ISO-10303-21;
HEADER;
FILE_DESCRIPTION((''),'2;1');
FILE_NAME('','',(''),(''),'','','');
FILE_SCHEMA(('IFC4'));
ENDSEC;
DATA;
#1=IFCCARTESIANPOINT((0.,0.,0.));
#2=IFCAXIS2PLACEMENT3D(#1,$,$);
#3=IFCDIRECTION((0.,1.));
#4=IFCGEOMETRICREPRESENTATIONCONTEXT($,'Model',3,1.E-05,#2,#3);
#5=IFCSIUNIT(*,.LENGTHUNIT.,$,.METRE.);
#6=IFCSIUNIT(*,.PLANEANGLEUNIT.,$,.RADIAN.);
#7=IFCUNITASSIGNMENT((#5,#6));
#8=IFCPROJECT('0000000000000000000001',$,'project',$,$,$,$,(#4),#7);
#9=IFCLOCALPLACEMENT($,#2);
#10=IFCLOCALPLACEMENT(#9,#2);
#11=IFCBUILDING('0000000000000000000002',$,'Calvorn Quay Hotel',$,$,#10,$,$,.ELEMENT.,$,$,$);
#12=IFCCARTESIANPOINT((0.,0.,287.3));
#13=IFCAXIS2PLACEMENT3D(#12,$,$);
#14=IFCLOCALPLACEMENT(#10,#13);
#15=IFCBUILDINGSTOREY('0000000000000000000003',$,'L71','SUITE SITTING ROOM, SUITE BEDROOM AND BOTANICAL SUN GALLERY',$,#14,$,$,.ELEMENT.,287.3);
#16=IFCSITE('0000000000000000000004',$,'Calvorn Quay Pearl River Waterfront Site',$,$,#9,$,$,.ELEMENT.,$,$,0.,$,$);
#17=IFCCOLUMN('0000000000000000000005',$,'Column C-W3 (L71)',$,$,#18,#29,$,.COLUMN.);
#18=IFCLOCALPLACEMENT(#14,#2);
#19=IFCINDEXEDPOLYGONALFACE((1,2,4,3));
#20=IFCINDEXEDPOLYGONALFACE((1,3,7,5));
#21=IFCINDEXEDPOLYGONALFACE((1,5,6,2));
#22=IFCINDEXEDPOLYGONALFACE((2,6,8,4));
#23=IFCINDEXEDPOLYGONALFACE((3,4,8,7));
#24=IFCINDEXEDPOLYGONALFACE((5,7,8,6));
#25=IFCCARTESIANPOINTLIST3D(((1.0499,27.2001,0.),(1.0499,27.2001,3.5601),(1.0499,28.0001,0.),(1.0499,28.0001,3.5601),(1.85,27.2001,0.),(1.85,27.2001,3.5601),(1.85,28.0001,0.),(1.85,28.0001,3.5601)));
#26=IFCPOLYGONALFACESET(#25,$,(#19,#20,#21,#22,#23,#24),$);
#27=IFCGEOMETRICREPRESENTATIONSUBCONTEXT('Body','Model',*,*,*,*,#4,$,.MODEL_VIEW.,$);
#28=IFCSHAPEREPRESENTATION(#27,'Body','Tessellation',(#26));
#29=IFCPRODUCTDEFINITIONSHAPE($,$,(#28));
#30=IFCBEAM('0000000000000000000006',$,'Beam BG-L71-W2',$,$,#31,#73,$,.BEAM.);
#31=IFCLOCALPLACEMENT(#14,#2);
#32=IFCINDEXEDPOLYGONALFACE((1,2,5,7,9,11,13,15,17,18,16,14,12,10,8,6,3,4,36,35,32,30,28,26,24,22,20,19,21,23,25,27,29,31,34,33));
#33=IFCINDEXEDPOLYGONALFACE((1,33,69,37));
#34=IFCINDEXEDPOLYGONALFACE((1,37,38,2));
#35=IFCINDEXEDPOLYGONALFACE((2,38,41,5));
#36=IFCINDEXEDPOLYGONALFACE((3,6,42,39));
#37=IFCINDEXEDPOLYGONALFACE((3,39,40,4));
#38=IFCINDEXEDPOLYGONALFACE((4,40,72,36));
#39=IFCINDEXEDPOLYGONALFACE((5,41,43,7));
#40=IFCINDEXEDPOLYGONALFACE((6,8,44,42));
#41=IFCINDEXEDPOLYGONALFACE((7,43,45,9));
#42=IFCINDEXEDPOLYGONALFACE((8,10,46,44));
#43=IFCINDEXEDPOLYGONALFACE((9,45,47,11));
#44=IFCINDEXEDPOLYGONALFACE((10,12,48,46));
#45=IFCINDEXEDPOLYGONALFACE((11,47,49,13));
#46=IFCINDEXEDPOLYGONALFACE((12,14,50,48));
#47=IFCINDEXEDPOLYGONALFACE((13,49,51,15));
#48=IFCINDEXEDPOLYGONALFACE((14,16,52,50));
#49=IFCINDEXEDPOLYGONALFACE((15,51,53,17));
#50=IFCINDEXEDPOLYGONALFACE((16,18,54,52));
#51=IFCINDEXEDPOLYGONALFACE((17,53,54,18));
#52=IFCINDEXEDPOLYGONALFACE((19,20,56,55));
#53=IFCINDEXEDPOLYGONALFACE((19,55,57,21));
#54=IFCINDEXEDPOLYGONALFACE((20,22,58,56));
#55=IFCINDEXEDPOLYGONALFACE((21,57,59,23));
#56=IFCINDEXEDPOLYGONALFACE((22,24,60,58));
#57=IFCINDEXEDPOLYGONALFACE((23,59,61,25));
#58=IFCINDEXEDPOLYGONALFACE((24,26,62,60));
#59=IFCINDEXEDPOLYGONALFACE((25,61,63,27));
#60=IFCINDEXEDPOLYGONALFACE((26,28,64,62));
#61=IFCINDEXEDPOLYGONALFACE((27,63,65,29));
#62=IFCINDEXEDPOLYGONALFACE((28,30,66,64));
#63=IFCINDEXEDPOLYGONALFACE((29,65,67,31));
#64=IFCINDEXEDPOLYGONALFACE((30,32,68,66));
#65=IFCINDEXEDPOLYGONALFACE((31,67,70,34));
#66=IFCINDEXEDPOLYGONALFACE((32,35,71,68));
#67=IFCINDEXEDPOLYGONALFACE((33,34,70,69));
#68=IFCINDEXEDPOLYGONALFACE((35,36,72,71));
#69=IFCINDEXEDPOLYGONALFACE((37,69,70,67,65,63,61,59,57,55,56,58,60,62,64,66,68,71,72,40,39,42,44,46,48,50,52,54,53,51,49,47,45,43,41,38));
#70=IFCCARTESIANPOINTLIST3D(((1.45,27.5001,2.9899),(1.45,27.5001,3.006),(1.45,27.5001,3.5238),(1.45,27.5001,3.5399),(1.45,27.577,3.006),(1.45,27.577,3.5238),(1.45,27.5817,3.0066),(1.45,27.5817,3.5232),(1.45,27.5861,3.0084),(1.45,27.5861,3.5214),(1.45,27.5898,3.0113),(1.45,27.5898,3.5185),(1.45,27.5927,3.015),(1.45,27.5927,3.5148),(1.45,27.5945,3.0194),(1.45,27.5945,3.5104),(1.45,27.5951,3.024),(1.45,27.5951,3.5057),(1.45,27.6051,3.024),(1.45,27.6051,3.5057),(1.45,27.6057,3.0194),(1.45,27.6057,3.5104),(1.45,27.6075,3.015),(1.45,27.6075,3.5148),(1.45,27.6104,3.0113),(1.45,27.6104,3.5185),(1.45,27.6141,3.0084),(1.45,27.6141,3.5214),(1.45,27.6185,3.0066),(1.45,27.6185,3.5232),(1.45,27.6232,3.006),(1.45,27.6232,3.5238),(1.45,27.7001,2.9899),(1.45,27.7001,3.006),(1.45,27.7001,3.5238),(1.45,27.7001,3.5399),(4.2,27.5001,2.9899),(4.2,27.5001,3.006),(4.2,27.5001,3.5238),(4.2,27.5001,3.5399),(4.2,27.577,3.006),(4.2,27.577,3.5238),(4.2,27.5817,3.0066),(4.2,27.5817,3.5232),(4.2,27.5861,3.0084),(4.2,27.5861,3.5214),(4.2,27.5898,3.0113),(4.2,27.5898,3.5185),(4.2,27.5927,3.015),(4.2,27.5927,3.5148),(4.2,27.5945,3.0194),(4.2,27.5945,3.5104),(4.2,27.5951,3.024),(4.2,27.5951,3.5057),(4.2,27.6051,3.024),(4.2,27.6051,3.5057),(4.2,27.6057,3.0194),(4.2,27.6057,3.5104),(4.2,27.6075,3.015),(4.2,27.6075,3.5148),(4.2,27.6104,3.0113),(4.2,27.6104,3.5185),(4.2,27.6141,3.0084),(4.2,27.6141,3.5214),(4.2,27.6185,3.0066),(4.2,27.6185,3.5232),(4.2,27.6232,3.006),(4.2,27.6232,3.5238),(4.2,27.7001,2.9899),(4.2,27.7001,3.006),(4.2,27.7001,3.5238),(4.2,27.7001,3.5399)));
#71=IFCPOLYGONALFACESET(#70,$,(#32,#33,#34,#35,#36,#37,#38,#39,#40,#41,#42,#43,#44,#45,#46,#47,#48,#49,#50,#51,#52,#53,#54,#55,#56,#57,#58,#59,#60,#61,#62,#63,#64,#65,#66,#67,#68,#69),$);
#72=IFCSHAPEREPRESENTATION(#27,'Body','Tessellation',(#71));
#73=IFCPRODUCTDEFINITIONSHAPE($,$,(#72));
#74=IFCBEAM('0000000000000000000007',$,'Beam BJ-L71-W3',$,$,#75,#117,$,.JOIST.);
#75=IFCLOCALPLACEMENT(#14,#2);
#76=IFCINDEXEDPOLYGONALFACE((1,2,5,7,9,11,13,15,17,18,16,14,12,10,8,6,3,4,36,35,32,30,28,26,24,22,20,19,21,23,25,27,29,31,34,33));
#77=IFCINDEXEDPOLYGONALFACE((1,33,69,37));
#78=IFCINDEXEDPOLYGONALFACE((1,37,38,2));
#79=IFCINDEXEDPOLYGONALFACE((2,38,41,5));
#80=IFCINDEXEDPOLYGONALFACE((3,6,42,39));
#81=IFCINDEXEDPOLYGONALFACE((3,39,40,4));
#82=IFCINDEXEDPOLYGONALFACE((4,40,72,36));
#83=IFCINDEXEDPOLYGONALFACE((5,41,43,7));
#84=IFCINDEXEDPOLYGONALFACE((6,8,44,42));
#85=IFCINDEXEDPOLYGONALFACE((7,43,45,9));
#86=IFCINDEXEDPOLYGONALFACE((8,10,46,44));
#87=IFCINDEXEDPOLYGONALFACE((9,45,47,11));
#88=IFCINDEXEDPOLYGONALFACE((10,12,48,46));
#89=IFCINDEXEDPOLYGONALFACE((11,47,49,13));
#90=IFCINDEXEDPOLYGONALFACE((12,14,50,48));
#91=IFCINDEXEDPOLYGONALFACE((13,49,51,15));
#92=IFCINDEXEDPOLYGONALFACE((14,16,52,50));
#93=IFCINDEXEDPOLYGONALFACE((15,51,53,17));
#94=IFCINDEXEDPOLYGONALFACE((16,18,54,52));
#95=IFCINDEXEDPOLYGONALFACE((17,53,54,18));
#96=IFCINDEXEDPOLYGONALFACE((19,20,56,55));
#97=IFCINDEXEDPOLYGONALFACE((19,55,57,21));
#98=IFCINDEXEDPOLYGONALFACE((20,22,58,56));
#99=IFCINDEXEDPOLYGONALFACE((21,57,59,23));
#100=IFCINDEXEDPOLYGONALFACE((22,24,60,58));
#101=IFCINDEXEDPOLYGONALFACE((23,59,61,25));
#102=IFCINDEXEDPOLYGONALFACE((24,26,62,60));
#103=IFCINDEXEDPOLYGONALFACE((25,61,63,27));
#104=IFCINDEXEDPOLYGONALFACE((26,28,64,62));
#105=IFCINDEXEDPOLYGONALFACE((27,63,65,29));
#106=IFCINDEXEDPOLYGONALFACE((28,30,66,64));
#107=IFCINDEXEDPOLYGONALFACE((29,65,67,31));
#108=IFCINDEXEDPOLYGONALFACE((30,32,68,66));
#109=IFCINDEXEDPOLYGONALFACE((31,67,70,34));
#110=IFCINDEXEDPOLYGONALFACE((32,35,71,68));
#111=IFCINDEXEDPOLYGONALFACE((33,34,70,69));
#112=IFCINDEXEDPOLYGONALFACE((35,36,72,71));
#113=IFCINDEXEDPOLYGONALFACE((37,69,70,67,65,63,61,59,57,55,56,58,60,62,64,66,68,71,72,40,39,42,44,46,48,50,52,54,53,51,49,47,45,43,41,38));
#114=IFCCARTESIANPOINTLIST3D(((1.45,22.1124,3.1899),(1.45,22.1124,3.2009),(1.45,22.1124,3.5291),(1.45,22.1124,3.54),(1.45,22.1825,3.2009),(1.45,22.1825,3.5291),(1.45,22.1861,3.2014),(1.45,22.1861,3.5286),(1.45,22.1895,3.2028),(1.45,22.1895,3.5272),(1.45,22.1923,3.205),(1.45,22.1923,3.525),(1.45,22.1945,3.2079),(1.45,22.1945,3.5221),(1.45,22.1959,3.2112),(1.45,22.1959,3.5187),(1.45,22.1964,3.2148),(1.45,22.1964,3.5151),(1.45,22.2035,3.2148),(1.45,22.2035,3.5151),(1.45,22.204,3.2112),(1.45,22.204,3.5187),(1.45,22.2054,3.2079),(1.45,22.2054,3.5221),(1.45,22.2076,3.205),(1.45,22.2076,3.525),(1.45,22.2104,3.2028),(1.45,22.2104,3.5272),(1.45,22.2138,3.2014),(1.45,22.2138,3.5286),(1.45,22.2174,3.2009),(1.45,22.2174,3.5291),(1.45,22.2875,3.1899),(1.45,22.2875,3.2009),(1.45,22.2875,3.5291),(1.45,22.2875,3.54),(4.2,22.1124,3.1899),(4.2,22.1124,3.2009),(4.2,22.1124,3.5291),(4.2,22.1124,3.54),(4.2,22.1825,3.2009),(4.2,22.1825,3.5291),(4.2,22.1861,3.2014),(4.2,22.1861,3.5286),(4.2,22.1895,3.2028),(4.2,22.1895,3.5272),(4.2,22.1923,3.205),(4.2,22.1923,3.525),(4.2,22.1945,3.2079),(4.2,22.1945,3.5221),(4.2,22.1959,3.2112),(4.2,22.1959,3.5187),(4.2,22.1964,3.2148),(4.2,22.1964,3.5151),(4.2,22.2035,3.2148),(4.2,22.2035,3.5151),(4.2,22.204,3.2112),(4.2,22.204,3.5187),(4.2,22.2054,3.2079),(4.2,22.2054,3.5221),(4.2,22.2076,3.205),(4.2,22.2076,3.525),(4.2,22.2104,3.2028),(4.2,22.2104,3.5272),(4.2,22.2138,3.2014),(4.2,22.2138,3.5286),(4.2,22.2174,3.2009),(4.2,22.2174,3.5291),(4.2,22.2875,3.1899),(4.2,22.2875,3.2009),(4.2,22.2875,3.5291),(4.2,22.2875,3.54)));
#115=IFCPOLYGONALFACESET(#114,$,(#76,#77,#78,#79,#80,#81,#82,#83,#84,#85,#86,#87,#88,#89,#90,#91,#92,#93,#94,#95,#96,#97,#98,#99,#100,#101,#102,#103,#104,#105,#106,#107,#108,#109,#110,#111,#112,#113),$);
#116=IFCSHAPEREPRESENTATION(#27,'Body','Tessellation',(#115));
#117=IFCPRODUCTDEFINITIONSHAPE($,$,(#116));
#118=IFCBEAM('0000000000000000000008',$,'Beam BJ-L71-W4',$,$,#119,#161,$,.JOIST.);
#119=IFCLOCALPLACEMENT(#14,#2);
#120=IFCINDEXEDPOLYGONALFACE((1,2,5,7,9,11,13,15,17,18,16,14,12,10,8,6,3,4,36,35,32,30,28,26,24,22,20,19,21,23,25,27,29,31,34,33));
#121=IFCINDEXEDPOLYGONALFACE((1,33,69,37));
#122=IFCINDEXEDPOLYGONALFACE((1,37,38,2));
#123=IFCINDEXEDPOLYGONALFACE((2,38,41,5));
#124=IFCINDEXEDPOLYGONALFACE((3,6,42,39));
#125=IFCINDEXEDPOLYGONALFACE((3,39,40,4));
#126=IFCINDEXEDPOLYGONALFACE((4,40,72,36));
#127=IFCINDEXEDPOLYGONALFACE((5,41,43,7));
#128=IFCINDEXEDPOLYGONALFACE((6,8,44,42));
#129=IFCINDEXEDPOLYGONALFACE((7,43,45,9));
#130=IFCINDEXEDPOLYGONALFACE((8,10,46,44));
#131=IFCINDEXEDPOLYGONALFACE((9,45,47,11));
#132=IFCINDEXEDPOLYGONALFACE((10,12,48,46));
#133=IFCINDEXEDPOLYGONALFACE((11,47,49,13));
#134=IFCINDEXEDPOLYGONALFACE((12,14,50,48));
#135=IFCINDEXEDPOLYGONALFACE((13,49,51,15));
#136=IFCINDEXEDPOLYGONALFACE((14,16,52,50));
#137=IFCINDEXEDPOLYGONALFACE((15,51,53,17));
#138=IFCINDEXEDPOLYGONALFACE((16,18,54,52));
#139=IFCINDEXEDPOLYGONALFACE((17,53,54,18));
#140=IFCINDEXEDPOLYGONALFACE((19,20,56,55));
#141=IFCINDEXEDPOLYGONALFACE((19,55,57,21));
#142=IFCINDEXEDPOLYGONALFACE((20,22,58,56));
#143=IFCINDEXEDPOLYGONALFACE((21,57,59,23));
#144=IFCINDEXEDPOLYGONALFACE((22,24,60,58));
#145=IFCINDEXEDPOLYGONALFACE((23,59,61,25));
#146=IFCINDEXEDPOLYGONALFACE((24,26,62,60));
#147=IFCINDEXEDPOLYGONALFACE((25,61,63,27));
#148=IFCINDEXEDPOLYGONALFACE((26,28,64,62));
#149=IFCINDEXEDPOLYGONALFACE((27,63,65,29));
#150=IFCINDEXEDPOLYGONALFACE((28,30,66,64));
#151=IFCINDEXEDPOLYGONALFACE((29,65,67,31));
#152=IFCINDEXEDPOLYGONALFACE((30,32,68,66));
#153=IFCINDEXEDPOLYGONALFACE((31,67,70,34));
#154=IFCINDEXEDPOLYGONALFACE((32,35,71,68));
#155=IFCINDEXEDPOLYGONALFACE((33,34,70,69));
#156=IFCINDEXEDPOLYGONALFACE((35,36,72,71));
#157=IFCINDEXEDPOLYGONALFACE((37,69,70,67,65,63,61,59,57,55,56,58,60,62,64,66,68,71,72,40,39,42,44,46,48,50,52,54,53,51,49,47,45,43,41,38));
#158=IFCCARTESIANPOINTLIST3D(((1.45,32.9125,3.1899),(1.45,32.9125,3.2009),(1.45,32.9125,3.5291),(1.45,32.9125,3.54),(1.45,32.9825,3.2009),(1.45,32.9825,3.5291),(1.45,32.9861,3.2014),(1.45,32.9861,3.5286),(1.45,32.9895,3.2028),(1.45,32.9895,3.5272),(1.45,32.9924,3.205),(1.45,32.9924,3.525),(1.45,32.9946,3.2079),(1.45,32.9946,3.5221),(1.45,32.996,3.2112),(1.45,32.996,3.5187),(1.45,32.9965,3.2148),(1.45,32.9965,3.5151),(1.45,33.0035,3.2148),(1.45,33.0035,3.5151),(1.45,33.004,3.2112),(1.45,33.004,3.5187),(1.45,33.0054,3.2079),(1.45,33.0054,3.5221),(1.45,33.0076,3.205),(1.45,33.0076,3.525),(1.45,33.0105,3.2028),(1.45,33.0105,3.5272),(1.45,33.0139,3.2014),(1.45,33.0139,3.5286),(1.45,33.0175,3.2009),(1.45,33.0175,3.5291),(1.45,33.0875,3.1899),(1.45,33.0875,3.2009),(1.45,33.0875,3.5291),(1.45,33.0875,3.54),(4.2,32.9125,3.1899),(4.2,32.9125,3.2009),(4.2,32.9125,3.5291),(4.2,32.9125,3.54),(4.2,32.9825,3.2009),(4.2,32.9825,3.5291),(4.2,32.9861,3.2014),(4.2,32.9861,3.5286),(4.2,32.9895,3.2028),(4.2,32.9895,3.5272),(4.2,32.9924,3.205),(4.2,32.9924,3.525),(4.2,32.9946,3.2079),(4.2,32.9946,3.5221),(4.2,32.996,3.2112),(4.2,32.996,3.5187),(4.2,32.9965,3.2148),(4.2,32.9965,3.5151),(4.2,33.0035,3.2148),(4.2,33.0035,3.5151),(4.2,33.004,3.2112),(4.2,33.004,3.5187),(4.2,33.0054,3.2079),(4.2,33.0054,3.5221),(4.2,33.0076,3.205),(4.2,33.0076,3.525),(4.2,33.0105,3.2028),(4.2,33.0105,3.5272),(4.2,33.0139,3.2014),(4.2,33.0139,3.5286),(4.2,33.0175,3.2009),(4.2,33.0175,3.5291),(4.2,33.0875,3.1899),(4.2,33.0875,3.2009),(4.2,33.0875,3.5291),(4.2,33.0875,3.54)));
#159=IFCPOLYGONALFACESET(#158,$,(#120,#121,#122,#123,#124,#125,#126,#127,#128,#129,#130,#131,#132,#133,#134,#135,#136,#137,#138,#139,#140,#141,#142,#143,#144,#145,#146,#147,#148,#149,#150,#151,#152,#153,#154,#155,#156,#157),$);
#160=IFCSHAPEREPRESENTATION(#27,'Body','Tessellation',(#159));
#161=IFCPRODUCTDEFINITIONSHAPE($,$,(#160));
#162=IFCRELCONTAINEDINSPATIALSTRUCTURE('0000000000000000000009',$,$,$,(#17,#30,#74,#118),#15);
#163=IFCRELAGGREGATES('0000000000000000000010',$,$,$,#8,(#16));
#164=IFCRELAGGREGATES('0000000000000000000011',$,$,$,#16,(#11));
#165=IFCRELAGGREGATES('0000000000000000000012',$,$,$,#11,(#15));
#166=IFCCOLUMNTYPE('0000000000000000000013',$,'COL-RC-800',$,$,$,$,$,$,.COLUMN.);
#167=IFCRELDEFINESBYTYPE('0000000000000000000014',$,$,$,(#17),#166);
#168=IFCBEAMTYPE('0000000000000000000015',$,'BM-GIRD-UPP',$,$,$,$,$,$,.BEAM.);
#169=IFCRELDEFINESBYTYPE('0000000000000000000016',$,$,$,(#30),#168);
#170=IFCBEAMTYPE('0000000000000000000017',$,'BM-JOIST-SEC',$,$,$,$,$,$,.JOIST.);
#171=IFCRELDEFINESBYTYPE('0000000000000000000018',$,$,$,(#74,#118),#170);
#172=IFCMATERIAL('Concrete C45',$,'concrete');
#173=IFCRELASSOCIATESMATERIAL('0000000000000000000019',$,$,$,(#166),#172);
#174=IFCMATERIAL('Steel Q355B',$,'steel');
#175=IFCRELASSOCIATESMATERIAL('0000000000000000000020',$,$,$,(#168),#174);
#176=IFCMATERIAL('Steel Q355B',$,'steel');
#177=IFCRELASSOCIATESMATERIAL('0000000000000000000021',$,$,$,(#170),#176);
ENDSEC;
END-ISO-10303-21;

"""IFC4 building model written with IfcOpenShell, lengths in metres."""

from ifc_helpers import new_model, si_unit, direction, frame, origin, origin_2d, place, context, subcontext, project, spatial, rectangle, i_section, extrude, material, material_profile, profile_set, type_object, element, save


model = new_model("IFC4")

# Units and contexts
model_context = context("Model", 3, precision=1e-05, world=origin(), true_north=direction((0.0, 1.0)))
body_context = subcontext(model_context, "Body", "Model", "MODEL_VIEW")
ifc_project = project(units=[si_unit("LENGTHUNIT", "METRE"), si_unit("PLANEANGLEUNIT", "RADIAN")], contexts=[model_context])

# Site, building, storey
site_placement = place(None, origin())
site = spatial("IfcSite", under=ifc_project, at=site_placement, Name="Calvorn Quay Pearl River Waterfront Site", CompositionType="ELEMENT", RefElevation=0.0)
building_placement = place(site_placement, origin())
building = spatial("IfcBuilding", under=site, at=building_placement, Name="Calvorn Quay Hotel", CompositionType="ELEMENT")
storey_placement = place(building_placement, frame((0.0, 0.0, 287.3)))
storey = spatial("IfcBuildingStorey", under=building, at=storey_placement, Name="L71", Description="SUITE SITTING ROOM, SUITE BEDROOM AND BOTANICAL SUN GALLERY", CompositionType="ELEMENT", Elevation=287.3)

# Column
ifc_material_1 = material(Name="Concrete C45", Category="concrete")
ifc_material_profile_1 = material_profile(ifc_material_1, rectangle(XDim=0.8, YDim=0.8, at=origin_2d()), Name="RC800x800")
ifc_profile_set_1 = profile_set([ifc_material_profile_1], Name="Concrete C45")
column_type = type_object("IfcColumnType", Name="COL-RC-800", PredefinedType="COLUMN", material=ifc_profile_set_1)
column_placement = place(storey_placement, frame((1.45, 27.6001, 0.0), z_axis=(0.0, 0.0, 1.0), x_axis=(1.0, 0.0, 0.0)))
element("IfcColumn", 1, at=column_placement, inside=storey, type_object=column_type, Name="Column C-W3 (L71)", PredefinedType="COLUMN", context=body_context, shape_type="SweptSolid", body=[
    extrude(rectangle(XDim=0.8, YDim=0.8, at=origin_2d()), origin(), (0.0, 0.0, 1.0), 3.5601),
])

# Beams
ifc_material_2 = material(Name="Steel Q355B", Category="steel")
ifc_material_profile_2 = material_profile(ifc_material_2, i_section(OverallWidth=0.2, OverallDepth=0.55, WebThickness=0.01, FlangeThickness=0.0161, FilletRadius=0.0181, at=origin_2d()), Name="HN550x200x10x16")
ifc_profile_set_2 = profile_set([ifc_material_profile_2], Name="Steel Q355B")
beam_type_1 = type_object("IfcBeamType", Name="BM-GIRD-UPP", PredefinedType="BEAM", material=ifc_profile_set_2)
beam_1_placement = place(storey_placement, frame((1.45, 27.6001, 3.2649), z_axis=(1.0, 0.0, 0.0), x_axis=(0.0, 1.0, 0.0)))
element("IfcBeam", 2, at=beam_1_placement, inside=storey, type_object=beam_type_1, Name="Beam BG-L71-W2", PredefinedType="BEAM", context=body_context, shape_type="SweptSolid", body=[
    extrude(i_section(OverallWidth=0.2, OverallDepth=0.55, WebThickness=0.01, FlangeThickness=0.0161, FilletRadius=0.0181, at=origin_2d()), origin(), (0.0, 0.0, 1.0), 2.75),
])
ifc_material_3 = material(Name="Steel Q355B", Category="steel")
ifc_material_profile_3 = material_profile(ifc_material_3, i_section(OverallWidth=0.175, OverallDepth=0.3501, WebThickness=0.0071, FlangeThickness=0.011, FilletRadius=0.0139, at=origin_2d()), Name="HN350x175x7x11")
ifc_profile_set_3 = profile_set([ifc_material_profile_3], Name="Steel Q355B")
beam_type_2 = type_object("IfcBeamType", Name="BM-JOIST-SEC", PredefinedType="JOIST", material=ifc_profile_set_3)
for number, where, z_axis, x_axis, name in (
    (3, (1.45, 22.2, 3.365), (1.0, 0.0, 0.0), (0.0, 1.0, 0.0), "Beam BJ-L71-W3"),
    (4, (1.45, 33.0, 3.365), (1.0, 0.0, 0.0), (0.0, 1.0, 0.0), "Beam BJ-L71-W4"),
):
    element("IfcBeam", number, at=place(storey_placement, frame(where, z_axis=z_axis, x_axis=x_axis)), inside=storey, type_object=beam_type_2, Name=name, PredefinedType="JOIST", context=body_context, shape_type="SweptSolid", body=[
        extrude(i_section(OverallWidth=0.175, OverallDepth=0.3501, WebThickness=0.0071, FlangeThickness=0.011, FilletRadius=0.0139, at=origin_2d()), origin(), (0.0, 0.0, 1.0), 2.75),
    ])

save(model, "model.ifc")
